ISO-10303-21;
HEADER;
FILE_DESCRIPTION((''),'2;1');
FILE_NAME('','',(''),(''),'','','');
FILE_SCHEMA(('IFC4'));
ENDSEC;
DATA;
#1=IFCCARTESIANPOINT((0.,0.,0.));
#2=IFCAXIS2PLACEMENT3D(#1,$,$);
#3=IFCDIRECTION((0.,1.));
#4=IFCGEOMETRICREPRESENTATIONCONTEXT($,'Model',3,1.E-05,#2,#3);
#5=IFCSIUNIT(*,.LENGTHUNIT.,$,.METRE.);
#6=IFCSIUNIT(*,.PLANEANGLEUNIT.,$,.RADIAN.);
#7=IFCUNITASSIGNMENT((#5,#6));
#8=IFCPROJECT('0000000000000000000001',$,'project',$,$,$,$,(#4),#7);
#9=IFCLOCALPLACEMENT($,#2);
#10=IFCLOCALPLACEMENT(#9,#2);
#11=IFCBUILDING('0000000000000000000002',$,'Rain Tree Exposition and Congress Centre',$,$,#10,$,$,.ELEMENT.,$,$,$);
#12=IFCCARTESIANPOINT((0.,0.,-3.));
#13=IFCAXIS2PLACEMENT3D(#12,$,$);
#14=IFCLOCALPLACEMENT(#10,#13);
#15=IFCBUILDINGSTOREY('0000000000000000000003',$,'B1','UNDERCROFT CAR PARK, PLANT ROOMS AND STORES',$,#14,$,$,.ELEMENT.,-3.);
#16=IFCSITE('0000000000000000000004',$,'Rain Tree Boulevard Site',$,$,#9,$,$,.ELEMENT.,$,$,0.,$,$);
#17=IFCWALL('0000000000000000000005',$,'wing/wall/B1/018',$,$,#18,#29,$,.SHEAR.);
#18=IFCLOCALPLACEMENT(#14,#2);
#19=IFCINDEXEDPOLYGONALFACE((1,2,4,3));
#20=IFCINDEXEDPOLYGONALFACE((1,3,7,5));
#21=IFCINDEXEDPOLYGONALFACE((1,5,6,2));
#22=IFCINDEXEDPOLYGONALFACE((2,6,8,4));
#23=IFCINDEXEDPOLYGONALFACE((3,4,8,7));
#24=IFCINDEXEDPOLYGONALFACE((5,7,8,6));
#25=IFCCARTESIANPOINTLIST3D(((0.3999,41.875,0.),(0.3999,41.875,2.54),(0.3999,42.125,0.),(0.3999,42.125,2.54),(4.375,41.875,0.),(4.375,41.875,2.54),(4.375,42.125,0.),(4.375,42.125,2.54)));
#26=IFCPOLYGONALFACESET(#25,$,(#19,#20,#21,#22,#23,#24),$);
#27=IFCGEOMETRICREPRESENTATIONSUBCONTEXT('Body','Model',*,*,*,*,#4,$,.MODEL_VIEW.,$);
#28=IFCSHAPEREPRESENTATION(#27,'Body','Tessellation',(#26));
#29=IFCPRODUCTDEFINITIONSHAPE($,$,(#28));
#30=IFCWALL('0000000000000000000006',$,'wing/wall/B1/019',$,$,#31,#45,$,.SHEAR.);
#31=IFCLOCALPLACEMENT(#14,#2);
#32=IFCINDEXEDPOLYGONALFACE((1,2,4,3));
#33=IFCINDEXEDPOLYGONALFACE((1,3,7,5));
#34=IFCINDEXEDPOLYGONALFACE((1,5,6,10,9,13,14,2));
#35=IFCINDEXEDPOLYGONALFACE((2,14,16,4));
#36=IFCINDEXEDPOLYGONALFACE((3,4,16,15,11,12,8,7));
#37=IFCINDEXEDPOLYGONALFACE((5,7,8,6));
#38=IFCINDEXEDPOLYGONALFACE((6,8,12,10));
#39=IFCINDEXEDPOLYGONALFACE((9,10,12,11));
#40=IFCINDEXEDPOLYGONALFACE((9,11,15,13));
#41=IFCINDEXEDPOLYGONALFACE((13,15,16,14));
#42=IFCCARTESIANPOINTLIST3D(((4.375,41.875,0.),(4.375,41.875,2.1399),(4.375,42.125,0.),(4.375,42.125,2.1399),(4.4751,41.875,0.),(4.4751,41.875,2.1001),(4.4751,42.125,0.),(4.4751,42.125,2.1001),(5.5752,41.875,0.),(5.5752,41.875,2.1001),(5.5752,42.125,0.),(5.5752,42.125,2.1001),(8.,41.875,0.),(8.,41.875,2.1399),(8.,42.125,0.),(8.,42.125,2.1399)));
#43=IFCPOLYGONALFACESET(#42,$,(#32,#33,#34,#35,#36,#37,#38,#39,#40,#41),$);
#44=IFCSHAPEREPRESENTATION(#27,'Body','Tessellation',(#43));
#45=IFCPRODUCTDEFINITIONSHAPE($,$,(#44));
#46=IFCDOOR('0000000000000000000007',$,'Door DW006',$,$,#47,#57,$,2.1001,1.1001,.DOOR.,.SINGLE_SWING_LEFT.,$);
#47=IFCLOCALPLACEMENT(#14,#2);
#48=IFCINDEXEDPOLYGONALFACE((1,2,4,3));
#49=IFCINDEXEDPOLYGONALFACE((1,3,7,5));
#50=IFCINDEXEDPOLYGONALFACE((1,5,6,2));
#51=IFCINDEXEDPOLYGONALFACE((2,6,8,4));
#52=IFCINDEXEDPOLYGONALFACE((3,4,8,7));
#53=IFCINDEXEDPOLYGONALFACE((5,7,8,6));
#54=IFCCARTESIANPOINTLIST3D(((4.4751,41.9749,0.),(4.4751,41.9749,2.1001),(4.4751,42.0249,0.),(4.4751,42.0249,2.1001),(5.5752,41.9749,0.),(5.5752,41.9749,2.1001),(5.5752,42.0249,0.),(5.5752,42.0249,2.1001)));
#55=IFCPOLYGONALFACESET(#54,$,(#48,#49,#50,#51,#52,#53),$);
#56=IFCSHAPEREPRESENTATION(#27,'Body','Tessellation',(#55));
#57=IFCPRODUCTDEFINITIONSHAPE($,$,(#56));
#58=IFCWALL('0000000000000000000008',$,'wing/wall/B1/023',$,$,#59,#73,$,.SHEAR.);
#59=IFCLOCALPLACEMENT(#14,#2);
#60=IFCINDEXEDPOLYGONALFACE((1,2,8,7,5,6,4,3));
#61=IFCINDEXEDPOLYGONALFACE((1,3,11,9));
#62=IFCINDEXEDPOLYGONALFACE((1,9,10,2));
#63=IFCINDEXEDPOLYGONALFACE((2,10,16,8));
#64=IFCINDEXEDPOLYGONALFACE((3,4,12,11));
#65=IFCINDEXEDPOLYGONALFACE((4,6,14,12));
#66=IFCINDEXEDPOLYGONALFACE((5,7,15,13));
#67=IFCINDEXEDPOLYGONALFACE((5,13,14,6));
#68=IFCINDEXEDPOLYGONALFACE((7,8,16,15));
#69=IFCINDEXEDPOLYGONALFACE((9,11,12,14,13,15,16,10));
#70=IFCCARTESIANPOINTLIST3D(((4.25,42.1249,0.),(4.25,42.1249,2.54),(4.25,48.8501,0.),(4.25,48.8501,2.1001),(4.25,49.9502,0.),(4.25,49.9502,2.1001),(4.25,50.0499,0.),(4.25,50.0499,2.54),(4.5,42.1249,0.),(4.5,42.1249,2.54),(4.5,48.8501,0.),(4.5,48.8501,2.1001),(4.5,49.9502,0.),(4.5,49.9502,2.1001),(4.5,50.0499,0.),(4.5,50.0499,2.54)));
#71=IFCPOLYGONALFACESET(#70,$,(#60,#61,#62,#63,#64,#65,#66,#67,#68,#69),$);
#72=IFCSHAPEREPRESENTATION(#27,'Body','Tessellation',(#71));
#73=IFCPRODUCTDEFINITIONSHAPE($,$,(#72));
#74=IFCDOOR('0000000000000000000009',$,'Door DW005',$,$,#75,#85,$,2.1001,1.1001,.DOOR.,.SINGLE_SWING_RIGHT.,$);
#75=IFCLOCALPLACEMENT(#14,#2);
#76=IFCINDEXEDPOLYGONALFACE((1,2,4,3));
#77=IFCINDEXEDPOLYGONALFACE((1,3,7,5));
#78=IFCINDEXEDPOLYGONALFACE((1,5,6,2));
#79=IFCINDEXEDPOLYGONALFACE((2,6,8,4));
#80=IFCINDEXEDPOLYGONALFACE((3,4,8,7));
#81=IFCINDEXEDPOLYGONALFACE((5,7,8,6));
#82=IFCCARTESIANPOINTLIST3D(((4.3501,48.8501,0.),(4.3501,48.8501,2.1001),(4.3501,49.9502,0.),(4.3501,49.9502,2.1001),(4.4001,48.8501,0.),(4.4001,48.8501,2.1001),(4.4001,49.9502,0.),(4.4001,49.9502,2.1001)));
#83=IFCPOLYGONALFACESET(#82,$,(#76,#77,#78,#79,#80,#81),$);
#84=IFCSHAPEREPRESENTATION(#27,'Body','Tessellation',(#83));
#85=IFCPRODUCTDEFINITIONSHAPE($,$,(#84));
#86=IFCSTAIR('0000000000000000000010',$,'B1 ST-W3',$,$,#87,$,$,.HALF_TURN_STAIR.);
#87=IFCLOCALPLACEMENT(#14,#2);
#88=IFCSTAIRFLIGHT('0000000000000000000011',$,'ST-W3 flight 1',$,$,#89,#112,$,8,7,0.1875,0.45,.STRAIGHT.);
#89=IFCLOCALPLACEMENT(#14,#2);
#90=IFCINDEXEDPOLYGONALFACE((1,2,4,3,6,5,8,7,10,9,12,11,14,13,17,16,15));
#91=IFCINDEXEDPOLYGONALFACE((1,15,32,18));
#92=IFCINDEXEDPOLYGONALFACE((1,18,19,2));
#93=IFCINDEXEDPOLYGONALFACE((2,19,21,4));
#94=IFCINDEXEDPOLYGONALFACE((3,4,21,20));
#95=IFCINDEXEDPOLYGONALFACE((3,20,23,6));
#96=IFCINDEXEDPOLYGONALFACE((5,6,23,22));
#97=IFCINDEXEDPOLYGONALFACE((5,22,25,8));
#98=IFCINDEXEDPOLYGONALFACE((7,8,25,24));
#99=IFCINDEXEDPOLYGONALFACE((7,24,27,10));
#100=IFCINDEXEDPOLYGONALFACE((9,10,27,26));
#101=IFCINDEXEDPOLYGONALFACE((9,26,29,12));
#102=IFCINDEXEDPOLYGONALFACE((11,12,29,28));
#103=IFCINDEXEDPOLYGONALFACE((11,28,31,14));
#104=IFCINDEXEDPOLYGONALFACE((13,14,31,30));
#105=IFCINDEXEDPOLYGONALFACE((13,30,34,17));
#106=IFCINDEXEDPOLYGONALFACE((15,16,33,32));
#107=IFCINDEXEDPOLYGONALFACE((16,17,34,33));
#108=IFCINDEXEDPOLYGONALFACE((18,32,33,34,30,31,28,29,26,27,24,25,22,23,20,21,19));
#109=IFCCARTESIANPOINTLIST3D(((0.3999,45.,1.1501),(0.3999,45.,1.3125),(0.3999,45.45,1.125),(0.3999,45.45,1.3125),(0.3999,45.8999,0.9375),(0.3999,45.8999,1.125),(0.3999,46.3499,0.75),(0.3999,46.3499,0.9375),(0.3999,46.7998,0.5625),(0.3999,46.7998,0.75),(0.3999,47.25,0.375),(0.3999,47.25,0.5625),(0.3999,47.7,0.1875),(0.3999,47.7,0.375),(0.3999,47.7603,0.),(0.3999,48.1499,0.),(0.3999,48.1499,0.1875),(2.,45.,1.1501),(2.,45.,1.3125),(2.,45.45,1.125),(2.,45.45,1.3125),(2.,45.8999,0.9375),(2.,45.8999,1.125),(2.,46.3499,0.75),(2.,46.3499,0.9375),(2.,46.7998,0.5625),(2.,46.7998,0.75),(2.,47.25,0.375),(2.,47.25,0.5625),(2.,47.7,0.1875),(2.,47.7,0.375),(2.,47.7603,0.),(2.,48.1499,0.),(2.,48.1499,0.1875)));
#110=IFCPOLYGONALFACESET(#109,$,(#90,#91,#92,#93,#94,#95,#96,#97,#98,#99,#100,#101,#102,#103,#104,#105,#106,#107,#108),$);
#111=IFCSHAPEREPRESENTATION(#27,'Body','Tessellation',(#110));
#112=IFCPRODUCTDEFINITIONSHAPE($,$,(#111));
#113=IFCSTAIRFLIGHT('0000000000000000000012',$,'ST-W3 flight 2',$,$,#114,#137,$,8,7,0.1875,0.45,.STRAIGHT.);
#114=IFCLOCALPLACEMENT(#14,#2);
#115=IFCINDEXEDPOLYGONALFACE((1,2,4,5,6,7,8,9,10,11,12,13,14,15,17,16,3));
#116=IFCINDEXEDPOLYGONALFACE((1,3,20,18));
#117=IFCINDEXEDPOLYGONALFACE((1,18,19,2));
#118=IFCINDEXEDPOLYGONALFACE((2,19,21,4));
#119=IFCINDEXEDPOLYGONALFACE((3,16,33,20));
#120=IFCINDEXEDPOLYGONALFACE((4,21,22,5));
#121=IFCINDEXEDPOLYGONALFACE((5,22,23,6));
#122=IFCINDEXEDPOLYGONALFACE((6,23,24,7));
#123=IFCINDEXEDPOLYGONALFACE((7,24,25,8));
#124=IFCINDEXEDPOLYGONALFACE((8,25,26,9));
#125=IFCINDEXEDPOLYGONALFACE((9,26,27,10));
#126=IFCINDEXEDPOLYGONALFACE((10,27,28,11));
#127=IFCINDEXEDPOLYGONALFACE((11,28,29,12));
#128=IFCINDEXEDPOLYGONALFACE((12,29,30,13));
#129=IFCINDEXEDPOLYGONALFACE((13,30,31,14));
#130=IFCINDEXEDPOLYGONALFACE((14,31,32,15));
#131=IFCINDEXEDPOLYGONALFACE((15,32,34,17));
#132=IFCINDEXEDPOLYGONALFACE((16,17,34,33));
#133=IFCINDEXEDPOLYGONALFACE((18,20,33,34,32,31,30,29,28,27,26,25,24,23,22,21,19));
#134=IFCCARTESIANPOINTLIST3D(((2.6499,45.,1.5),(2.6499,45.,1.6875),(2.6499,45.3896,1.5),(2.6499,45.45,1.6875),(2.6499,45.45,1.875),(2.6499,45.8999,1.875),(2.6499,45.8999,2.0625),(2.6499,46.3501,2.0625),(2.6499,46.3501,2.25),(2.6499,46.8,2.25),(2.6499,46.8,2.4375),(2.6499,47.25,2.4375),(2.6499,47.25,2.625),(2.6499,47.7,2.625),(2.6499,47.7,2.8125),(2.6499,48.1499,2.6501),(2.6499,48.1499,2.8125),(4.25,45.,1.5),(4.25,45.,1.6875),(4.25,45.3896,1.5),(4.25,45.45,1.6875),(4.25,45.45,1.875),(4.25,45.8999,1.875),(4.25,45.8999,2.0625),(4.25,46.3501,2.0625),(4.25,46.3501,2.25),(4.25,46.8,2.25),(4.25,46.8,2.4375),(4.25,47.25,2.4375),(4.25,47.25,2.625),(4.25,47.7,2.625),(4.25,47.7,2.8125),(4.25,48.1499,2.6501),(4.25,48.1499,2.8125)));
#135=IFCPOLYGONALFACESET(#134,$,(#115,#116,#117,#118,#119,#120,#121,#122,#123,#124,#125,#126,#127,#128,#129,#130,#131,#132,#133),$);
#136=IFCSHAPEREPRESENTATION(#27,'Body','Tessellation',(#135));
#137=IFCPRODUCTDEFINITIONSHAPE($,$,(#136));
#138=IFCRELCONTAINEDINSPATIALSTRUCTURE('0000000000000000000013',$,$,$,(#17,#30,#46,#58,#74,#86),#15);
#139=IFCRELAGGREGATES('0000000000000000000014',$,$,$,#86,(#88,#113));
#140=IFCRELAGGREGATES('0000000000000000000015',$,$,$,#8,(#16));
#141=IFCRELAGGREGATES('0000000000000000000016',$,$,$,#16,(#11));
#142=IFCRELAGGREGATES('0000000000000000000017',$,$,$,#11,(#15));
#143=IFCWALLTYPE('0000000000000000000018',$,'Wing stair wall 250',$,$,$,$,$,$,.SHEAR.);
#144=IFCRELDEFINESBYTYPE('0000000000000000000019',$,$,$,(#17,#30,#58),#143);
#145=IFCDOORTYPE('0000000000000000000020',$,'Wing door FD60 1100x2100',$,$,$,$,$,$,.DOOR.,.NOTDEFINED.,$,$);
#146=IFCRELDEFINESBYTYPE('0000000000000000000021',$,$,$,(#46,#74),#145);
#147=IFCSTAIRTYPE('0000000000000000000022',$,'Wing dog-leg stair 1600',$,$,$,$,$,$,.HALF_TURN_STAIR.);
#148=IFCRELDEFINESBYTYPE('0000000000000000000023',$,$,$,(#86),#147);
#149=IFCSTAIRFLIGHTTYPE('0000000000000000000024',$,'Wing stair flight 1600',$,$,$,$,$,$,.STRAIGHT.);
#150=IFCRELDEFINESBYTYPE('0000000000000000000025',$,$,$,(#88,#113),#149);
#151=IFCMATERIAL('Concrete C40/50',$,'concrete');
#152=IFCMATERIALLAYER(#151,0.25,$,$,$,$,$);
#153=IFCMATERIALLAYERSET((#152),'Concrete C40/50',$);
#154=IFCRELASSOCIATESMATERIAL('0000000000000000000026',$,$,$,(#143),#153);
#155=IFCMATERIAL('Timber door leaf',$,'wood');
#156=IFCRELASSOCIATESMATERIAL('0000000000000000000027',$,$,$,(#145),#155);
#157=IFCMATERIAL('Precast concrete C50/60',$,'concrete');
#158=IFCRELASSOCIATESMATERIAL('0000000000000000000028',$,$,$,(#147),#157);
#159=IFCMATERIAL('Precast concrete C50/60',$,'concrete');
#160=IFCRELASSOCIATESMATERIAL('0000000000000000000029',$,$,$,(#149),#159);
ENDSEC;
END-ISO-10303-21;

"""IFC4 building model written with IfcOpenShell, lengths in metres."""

from ifc_helpers import new_model, si_unit, direction, frame, frame_2d, origin, place, context, subcontext, project, spatial, polyline, rectangle, outline, extrude, material, layer, layer_set, type_object, element, fill, aggregate, save


model = new_model("IFC4")

# Units and contexts
model_context = context("Model", 3, precision=1e-05, world=origin(), true_north=direction((0.0, 1.0)))
body_context = subcontext(model_context, "Body", "Model", "MODEL_VIEW")
ifc_project = project(units=[si_unit("LENGTHUNIT", "METRE"), si_unit("PLANEANGLEUNIT", "RADIAN")], contexts=[model_context])

# Site, building, storey
site_placement = place(None, origin())
site = spatial("IfcSite", under=ifc_project, at=site_placement, Name="Rain Tree Boulevard Site", CompositionType="ELEMENT", RefElevation=0.0)
building_placement = place(site_placement, origin())
building = spatial("IfcBuilding", under=site, at=building_placement, Name="Rain Tree Exposition and Congress Centre", CompositionType="ELEMENT")
storey_placement = place(building_placement, frame((0.0, 0.0, -3.0)))
storey = spatial("IfcBuildingStorey", under=building, at=storey_placement, Name="B1", Description="UNDERCROFT CAR PARK, PLANT ROOMS AND STORES", CompositionType="ELEMENT", Elevation=-3.0)

# Wall
ifc_material_1 = material(Name="Concrete C40/50", Category="concrete")
ifc_layer_1 = layer(ifc_material_1, 0.25)
ifc_layer_set_1 = layer_set([ifc_layer_1], Name="Concrete C40/50")
wall_type_1 = type_object("IfcWallType", Name="Wing stair wall 250", PredefinedType="SHEAR", material=ifc_layer_set_1)
wall_1_placement = place(storey_placement, frame((0.3999, 42.0, 0.0), z_axis=(0.0, 0.0, 1.0), x_axis=(1.0, 0.0, 0.0)))
element("IfcWall", 1, at=wall_1_placement, inside=storey, type_object=wall_type_1, Name="wing/wall/B1/018", PredefinedType="SHEAR", context=body_context, shape_type="SweptSolid", body=[
    extrude(rectangle(XDim=3.9751, YDim=0.25, at=frame_2d((1.9875, 0.0))), origin(), (0.0, 0.0, 1.0), 2.54),
])

# Walls, openings, doors
wall_2_placement = place(storey_placement, frame((4.375, 42.0, 0.0), z_axis=(0.0, 0.0, 1.0), x_axis=(1.0, 0.0, 0.0)))
wall_2 = element("IfcWall", 2, at=wall_2_placement, inside=storey, type_object=wall_type_1, Name="wing/wall/B1/019", PredefinedType="SHEAR", context=body_context, shape_type="SweptSolid", body=[
    extrude(rectangle(XDim=3.625, YDim=0.25, at=frame_2d((1.8125, 0.0))), origin(), (0.0, 0.0, 1.0), 2.1399),
])
opening_1_placement = place(wall_2_placement, frame((0.1001, 0.0, 0.0)))
opening_1 = element("IfcOpeningElement", 3, at=opening_1_placement, cuts=wall_2, PredefinedType="OPENING", context=body_context, shape_type="SweptSolid", body=[
    extrude(rectangle(XDim=1.1001, YDim=2.1001, at=frame_2d((0.55, 1.05))), frame((0.0, 0.125, 0.0), z_axis=(0.0, -1.0, 0.0), x_axis=(1.0, 0.0, 0.0)), (0.0, 0.0, 1.0), 0.25),
])
ifc_material_2 = material(Name="Timber door leaf", Category="wood")
door_type = type_object("IfcDoorType", Name="Wing door FD60 1100x2100", OperationType="NOTDEFINED", PredefinedType="DOOR", material=ifc_material_2)
door_1_placement = place(opening_1_placement, origin())
door_1 = element("IfcDoor", 4, at=door_1_placement, inside=storey, type_object=door_type, Name="Door DW006", OperationType="SINGLE_SWING_LEFT", OverallHeight=2.1001, OverallWidth=1.1001, PredefinedType="DOOR", context=body_context, shape_type="SweptSolid", body=[
    extrude(rectangle(XDim=1.1001, YDim=2.1001, at=frame_2d((0.55, 1.05))), frame((0.0, 0.0249, 0.0), z_axis=(0.0, -1.0, 0.0), x_axis=(1.0, 0.0, 0.0)), (0.0, 0.0, 1.0), 0.05),
])
fill(opening_1, door_1)
wall_3_placement = place(storey_placement, frame((4.375, 42.125, 0.0), z_axis=(0.0, 0.0, 1.0), x_axis=(0.0, 1.0, 0.0)))
wall_3 = element("IfcWall", 5, at=wall_3_placement, inside=storey, type_object=wall_type_1, Name="wing/wall/B1/023", PredefinedType="SHEAR", context=body_context, shape_type="SweptSolid", body=[
    extrude(rectangle(XDim=7.925, YDim=0.25, at=frame_2d((3.9624, 0.0))), origin(), (0.0, 0.0, 1.0), 2.54),
])
opening_2_placement = place(wall_3_placement, frame((6.7251, 0.0, 0.0)))
opening_2 = element("IfcOpeningElement", 6, at=opening_2_placement, cuts=wall_3, PredefinedType="OPENING", context=body_context, shape_type="SweptSolid", body=[
    extrude(rectangle(XDim=1.1001, YDim=2.1001, at=frame_2d((0.55, 1.05))), frame((0.0, 0.125, 0.0), z_axis=(0.0, -1.0, 0.0), x_axis=(1.0, 0.0, 0.0)), (0.0, 0.0, 1.0), 0.25),
])
door_2_placement = place(opening_2_placement, origin())
door_2 = element("IfcDoor", 7, at=door_2_placement, inside=storey, type_object=door_type, Name="Door DW005", OperationType="SINGLE_SWING_RIGHT", OverallHeight=2.1001, OverallWidth=1.1001, PredefinedType="DOOR", context=body_context, shape_type="SweptSolid", body=[
    extrude(rectangle(XDim=1.1001, YDim=2.1001, at=frame_2d((0.55, 1.05))), frame((0.0, 0.0249, 0.0), z_axis=(0.0, -1.0, 0.0), x_axis=(1.0, 0.0, 0.0)), (0.0, 0.0, 1.0), 0.05),
])
fill(opening_2, door_2)

# Stair, stair flights
ifc_material_3 = material(Name="Precast concrete C50/60", Category="concrete")
stair_type = type_object("IfcStairType", Name="Wing dog-leg stair 1600", PredefinedType="HALF_TURN_STAIR", material=ifc_material_3)
stair_placement = place(storey_placement, origin())
stair = element("IfcStair", 8, at=stair_placement, inside=storey, type_object=stair_type, Name="B1 ST-W3", PredefinedType="HALF_TURN_STAIR")
ifc_material_4 = material(Name="Precast concrete C50/60", Category="concrete")
stair_flight_type = type_object("IfcStairFlightType", Name="Wing stair flight 1600", PredefinedType="STRAIGHT", material=ifc_material_4)
stair_flight_1_placement = place(storey_placement, frame((1.2, 48.1499, 0.0), z_axis=(0.0, 0.0, 1.0), x_axis=(0.0, -1.0, 0.0)))
stair_flight_1 = element("IfcStairFlight", 9, at=stair_flight_1_placement, type_object=stair_flight_type, Name="ST-W3 flight 1", NumberOfRisers=8, NumberOfTreads=7, PredefinedType="STRAIGHT", RiserHeight=0.1875, TreadLength=0.45, context=body_context, shape_type="SweptSolid", body=[
    extrude(outline(polyline([(0.0, 0.0), (0.0, 0.1875), (0.45, 0.1875), (0.45, 0.375), (0.8999, 0.375), (0.8999, 0.5625), (1.3501, 0.5625), (1.3501, 0.75), (1.8, 0.75), (1.8, 0.9375), (2.25, 0.9375), (2.25, 1.125), (2.7, 1.125), (2.7, 1.3125), (3.1499, 1.3125), (3.1499, 1.5), (3.1499, 1.1501), (0.3896, 0.0), (0.0, 0.0)])), frame((0.0, 0.8, 0.0), z_axis=(0.0, -1.0, 0.0), x_axis=(1.0, 0.0, 0.0)), (0.0, 0.0, 1.0), 1.6001),
])
stair_flight_2_placement = place(storey_placement, frame((3.45, 45.0, 1.5), z_axis=(0.0, 0.0, 1.0), x_axis=(0.0, 1.0, 0.0)))
stair_flight_2 = element("IfcStairFlight", 10, at=stair_flight_2_placement, type_object=stair_flight_type, Name="ST-W3 flight 2", NumberOfRisers=8, NumberOfTreads=7, PredefinedType="STRAIGHT", RiserHeight=0.1875, TreadLength=0.45, context=body_context, shape_type="SweptSolid", body=[
    extrude(outline(polyline([(0.0, 0.0), (0.0, 0.1875), (0.45, 0.1875), (0.45, 0.375), (0.8999, 0.375), (0.8999, 0.5625), (1.3501, 0.5625), (1.3501, 0.75), (1.8, 0.75), (1.8, 0.9375), (2.25, 0.9375), (2.25, 1.125), (2.7, 1.125), (2.7, 1.3125), (3.1499, 1.3125), (3.1499, 1.5), (3.1499, 1.1501), (0.3896, 0.0), (0.0, 0.0)])), frame((0.0, 0.8, 0.0), z_axis=(0.0, -1.0, 0.0), x_axis=(1.0, 0.0, 0.0)), (0.0, 0.0, 1.0), 1.6001),
])
aggregate(stair, [stair_flight_1, stair_flight_2])

save(model, "model.ifc")
